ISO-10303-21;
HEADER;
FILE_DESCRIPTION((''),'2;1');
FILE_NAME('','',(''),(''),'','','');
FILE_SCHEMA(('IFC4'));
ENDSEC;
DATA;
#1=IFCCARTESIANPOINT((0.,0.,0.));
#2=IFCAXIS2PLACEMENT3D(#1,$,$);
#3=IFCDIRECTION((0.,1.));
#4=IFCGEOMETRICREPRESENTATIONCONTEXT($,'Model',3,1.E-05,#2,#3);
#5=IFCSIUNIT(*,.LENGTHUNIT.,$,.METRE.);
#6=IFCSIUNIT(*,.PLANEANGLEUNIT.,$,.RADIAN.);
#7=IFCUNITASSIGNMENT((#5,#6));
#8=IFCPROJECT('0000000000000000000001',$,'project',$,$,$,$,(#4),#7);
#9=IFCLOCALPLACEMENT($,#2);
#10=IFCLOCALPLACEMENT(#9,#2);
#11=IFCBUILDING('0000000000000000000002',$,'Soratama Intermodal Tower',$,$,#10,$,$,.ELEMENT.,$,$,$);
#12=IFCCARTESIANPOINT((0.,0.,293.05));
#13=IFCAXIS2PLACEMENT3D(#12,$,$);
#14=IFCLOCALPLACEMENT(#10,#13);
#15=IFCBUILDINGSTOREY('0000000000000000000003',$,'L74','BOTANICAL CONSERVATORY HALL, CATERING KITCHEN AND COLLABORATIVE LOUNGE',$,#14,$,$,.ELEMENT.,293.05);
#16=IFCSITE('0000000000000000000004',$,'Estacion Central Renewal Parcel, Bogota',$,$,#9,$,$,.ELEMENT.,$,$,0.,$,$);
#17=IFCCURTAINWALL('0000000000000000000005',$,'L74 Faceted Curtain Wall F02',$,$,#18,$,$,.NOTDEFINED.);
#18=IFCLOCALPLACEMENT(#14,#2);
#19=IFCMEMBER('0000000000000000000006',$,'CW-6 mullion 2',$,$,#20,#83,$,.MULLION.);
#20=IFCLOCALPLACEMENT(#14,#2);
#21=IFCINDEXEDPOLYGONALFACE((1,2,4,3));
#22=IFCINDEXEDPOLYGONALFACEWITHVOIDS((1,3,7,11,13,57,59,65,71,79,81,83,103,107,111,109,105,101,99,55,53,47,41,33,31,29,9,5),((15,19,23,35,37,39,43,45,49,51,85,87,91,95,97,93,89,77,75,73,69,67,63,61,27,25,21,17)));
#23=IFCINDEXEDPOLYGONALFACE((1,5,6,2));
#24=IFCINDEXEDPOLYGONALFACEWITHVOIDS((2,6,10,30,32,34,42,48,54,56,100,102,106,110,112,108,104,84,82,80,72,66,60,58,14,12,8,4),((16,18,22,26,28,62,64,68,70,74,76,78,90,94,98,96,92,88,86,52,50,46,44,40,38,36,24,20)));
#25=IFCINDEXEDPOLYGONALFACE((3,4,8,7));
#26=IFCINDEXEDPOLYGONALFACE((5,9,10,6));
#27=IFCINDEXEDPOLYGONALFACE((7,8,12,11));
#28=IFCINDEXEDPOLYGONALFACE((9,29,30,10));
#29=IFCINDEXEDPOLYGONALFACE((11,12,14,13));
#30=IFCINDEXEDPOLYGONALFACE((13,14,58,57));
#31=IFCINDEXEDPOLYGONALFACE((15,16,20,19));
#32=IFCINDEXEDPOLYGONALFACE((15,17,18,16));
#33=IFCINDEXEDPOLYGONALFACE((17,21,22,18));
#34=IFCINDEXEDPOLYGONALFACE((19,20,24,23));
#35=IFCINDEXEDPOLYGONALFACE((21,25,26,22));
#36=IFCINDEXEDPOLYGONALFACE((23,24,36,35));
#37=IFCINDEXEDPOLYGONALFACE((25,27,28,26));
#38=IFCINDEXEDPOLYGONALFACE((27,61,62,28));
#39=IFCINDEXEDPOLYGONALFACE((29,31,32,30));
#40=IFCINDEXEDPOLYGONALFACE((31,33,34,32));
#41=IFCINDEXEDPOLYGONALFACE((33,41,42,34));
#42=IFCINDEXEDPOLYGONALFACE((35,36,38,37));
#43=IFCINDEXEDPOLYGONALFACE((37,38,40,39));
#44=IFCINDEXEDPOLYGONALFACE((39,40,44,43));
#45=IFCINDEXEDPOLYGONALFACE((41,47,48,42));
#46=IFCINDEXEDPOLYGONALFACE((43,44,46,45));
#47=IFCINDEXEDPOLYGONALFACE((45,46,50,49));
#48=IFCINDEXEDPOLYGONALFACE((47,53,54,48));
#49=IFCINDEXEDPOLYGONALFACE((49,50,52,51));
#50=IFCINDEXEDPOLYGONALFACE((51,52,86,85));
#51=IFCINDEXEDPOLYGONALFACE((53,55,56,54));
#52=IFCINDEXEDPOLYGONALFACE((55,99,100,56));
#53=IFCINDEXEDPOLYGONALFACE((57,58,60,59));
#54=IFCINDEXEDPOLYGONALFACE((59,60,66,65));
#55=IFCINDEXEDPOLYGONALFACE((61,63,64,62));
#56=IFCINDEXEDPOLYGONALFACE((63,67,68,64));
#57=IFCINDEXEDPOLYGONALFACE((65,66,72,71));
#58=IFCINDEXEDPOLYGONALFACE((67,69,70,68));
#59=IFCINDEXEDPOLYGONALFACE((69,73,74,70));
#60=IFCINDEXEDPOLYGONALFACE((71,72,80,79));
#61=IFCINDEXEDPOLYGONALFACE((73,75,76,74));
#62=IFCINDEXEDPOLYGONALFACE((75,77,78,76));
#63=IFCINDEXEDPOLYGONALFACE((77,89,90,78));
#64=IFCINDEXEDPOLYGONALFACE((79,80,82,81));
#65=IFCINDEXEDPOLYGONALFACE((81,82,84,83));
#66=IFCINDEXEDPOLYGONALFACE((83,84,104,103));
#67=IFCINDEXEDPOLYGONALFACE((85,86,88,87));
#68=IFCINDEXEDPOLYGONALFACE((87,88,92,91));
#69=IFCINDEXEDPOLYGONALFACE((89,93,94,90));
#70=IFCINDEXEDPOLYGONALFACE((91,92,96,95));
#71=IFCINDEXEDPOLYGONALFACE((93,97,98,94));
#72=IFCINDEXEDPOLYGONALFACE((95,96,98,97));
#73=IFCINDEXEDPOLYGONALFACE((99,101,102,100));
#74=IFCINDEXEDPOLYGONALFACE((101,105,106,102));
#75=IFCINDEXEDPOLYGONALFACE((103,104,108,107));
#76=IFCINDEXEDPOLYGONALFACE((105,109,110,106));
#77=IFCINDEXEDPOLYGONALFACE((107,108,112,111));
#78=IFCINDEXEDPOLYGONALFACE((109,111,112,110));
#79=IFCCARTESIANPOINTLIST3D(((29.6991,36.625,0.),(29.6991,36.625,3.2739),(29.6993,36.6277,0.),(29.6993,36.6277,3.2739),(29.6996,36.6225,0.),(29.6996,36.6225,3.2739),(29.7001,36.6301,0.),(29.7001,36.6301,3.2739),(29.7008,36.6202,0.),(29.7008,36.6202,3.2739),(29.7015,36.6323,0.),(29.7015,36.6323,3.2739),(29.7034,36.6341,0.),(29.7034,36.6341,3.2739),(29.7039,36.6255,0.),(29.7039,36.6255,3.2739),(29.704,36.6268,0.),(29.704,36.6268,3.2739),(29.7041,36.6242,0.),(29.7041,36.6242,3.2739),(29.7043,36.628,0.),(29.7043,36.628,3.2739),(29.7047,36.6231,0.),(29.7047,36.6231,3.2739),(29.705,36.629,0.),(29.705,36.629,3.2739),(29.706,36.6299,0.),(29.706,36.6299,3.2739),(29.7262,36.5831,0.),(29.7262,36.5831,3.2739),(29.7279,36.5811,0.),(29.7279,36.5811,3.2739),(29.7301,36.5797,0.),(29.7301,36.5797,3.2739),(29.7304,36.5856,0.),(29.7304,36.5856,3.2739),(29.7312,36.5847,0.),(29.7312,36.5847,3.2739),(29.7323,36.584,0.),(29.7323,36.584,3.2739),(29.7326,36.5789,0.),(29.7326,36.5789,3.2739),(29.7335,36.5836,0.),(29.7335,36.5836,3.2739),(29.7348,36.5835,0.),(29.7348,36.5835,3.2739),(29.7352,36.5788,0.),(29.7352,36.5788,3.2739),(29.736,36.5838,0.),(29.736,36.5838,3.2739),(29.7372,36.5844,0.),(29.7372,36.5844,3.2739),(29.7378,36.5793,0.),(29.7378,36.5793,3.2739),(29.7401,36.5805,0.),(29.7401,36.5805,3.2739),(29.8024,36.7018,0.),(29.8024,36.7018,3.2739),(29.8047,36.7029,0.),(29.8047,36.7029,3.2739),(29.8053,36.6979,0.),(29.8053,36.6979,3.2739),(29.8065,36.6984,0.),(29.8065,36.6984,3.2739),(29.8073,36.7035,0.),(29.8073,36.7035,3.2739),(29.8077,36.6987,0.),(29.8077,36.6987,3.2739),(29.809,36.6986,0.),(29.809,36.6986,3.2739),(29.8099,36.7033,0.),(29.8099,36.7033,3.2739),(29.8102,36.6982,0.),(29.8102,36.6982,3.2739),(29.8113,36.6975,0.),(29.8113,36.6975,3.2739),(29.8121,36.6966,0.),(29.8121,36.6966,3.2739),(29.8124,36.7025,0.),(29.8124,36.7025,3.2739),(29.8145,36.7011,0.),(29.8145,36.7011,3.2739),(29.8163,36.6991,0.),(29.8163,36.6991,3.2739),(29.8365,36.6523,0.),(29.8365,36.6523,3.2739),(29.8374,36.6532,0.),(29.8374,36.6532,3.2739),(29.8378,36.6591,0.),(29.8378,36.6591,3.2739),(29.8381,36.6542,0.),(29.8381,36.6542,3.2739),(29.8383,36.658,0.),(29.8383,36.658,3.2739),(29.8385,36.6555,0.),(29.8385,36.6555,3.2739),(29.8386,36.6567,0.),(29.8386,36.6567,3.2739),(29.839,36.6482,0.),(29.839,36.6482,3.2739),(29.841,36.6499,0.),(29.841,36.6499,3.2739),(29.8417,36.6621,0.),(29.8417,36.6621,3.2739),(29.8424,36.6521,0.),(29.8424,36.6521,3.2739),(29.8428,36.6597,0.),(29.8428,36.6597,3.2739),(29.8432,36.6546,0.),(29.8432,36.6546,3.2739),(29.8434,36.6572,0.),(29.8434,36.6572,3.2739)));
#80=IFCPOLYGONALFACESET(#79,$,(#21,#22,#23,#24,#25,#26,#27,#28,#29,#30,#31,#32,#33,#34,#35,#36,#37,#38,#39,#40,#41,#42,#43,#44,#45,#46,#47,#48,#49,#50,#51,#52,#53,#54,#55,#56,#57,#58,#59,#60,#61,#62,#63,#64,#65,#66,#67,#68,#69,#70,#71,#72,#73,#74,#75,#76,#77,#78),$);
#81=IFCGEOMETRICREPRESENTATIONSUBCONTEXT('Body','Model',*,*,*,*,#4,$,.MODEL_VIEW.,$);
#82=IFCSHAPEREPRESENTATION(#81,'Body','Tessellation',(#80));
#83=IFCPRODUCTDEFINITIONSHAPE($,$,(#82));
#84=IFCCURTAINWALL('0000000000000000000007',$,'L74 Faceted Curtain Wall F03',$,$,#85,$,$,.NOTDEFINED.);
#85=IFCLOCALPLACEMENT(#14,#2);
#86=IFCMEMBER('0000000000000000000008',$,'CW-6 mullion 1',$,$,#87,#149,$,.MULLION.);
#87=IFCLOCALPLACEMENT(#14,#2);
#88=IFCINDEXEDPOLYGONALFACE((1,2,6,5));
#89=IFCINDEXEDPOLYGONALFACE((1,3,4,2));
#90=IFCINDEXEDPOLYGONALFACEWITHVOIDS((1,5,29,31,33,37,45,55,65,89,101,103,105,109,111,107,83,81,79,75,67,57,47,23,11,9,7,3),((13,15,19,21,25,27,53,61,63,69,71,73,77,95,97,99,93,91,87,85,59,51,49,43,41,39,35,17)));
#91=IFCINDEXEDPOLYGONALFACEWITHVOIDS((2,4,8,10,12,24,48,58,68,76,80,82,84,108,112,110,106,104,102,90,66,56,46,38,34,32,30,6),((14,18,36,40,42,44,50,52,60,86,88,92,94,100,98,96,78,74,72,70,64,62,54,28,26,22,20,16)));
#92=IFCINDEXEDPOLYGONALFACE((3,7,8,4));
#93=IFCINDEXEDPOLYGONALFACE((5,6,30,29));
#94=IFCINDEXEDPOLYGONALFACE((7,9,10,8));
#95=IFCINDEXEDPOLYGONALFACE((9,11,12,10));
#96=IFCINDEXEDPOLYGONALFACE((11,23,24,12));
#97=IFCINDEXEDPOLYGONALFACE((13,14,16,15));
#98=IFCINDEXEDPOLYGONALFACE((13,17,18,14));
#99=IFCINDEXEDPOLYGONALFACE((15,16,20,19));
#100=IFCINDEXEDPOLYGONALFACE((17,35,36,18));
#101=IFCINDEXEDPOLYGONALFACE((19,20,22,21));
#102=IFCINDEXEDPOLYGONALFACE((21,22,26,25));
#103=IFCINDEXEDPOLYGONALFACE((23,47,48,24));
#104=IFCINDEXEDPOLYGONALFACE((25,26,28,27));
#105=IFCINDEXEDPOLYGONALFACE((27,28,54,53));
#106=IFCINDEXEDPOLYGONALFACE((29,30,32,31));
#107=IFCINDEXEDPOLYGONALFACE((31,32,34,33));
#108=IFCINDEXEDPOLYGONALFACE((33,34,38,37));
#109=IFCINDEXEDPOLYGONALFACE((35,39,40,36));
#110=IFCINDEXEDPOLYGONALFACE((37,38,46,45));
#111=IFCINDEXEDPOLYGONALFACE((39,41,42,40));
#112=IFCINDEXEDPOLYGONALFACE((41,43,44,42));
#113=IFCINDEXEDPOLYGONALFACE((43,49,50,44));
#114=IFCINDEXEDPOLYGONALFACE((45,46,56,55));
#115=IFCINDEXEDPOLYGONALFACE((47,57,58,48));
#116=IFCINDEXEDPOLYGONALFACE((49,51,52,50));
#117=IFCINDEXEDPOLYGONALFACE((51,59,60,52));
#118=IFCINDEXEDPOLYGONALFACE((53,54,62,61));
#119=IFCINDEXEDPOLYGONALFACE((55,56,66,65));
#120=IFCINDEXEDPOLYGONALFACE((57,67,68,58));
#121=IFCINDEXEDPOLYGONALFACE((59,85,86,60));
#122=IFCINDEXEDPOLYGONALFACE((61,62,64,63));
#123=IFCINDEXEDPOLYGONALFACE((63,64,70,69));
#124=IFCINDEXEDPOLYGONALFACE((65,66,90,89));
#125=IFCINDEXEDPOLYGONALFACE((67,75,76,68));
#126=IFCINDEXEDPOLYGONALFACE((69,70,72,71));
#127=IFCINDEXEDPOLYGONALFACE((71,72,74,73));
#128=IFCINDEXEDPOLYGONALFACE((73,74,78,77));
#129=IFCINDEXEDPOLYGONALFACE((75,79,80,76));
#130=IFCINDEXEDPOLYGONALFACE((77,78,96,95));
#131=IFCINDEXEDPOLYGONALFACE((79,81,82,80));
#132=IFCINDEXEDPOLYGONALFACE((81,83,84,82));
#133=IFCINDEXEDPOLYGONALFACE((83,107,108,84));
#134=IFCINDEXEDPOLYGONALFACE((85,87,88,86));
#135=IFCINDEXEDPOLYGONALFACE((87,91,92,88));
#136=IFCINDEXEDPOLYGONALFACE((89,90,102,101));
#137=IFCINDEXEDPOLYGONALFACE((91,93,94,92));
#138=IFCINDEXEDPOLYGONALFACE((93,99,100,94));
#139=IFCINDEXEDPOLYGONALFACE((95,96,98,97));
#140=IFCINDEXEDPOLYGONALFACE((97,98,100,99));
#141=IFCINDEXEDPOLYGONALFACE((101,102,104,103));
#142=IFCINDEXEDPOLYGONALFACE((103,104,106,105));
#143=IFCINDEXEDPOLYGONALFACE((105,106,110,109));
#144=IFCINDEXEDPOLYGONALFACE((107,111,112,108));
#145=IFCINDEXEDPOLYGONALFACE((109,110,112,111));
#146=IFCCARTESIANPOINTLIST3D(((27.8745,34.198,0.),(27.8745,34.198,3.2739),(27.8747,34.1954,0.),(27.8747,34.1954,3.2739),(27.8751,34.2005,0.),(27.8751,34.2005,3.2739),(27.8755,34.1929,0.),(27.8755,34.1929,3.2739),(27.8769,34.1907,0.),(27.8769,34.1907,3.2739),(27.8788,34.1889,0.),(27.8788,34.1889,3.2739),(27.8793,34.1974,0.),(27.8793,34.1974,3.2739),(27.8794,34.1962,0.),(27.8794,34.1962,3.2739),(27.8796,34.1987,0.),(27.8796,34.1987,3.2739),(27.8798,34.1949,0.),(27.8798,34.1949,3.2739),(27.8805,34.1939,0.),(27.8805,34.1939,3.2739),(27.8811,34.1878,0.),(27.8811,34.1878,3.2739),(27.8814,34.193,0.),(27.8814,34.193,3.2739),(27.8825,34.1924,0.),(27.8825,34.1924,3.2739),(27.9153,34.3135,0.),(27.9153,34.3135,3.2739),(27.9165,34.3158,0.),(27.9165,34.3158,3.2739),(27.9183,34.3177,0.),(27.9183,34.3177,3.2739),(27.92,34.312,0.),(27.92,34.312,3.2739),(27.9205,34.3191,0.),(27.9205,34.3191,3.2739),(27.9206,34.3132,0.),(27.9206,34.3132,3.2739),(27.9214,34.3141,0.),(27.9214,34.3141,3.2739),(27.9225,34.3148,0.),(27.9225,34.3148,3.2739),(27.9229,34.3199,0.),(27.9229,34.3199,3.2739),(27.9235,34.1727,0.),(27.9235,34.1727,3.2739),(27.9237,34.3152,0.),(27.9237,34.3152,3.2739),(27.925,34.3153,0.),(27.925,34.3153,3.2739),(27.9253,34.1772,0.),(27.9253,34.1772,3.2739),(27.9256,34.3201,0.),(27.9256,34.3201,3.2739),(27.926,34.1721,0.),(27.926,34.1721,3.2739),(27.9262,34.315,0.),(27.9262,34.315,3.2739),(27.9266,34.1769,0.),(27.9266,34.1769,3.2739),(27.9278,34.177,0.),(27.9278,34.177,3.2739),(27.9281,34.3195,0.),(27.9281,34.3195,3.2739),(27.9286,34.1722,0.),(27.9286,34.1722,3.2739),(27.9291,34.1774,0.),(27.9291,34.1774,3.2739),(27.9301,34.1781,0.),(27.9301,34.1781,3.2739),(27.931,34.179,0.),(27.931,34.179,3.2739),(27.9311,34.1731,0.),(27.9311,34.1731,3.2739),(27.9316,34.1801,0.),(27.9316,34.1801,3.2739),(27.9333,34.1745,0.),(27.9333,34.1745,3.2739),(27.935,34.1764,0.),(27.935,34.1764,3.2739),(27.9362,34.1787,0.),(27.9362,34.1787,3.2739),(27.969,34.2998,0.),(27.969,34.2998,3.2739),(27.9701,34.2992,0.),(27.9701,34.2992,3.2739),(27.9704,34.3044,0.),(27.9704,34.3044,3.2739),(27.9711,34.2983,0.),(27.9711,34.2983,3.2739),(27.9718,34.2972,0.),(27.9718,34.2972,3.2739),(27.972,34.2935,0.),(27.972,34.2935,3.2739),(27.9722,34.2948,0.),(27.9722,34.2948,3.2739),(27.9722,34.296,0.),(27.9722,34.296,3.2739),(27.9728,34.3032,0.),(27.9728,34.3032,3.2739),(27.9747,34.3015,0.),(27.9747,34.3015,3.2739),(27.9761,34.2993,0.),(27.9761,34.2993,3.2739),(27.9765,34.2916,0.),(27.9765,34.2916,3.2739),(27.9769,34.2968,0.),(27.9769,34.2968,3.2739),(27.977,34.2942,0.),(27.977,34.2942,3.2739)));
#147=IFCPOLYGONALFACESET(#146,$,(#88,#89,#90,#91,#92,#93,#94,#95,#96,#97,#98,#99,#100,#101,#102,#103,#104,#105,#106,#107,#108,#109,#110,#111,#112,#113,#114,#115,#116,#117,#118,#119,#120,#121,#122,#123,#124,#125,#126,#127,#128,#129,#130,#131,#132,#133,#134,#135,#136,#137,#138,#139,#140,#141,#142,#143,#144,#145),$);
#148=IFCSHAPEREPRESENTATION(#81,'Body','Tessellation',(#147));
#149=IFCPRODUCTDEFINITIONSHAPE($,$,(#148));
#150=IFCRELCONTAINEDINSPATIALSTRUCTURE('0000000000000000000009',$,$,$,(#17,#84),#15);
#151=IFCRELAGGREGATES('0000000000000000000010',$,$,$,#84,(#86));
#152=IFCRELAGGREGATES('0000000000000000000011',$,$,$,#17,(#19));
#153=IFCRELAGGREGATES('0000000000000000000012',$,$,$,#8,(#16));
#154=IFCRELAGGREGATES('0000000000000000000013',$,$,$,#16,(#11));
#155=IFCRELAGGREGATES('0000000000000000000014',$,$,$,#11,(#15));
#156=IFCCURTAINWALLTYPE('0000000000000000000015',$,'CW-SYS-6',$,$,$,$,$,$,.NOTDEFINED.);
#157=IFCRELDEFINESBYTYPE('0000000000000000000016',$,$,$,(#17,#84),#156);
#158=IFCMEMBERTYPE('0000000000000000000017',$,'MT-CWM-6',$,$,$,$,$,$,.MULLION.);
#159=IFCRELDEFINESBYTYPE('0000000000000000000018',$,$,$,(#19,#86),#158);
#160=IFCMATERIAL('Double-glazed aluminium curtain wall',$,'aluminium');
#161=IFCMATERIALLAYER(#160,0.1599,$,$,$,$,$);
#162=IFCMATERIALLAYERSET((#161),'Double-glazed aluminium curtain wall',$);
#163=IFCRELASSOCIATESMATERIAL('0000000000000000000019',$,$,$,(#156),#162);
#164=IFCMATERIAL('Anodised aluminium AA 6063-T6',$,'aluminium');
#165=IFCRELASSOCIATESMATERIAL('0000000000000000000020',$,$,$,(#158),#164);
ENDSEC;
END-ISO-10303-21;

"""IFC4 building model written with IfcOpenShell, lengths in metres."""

from ifc_helpers import new_model, si_unit, direction, frame, origin, origin_2d, place, context, subcontext, project, spatial, hollow_rectangle, extrude, material, layer, layer_set, material_profile, profile_set, type_object, element, aggregate, save


model = new_model("IFC4")

# Units and contexts
model_context = context("Model", 3, precision=1e-05, world=origin(), true_north=direction((0.0, 1.0)))
body_context = subcontext(model_context, "Body", "Model", "MODEL_VIEW")
ifc_project = project(units=[si_unit("LENGTHUNIT", "METRE"), si_unit("PLANEANGLEUNIT", "RADIAN")], contexts=[model_context])

# Site, building, storey
site_placement = place(None, origin())
site = spatial("IfcSite", under=ifc_project, at=site_placement, Name="Estacion Central Renewal Parcel, Bogota", CompositionType="ELEMENT", RefElevation=0.0)
building_placement = place(site_placement, origin())
building = spatial("IfcBuilding", under=site, at=building_placement, Name="Soratama Intermodal Tower", CompositionType="ELEMENT")
storey_placement = place(building_placement, frame((0.0, 0.0, 293.05)))
storey = spatial("IfcBuildingStorey", under=building, at=storey_placement, Name="L74", Description="BOTANICAL CONSERVATORY HALL, CATERING KITCHEN AND COLLABORATIVE LOUNGE", CompositionType="ELEMENT", Elevation=293.05)

# Curtain wall, member
ifc_material_1 = material(Name="Double-glazed aluminium curtain wall", Category="aluminium")
ifc_layer_1 = layer(ifc_material_1, 0.1599)
ifc_layer_set_1 = layer_set([ifc_layer_1], Name="Double-glazed aluminium curtain wall")
curtain_wall_type = type_object("IfcCurtainWallType", Name="CW-SYS-6", PredefinedType="NOTDEFINED", material=ifc_layer_set_1)
curtain_wall_1_placement = place(storey_placement, origin())
curtain_wall_1 = element("IfcCurtainWall", 1, at=curtain_wall_1_placement, inside=storey, type_object=curtain_wall_type, Name="L74 Faceted Curtain Wall F02", PredefinedType="NOTDEFINED")
ifc_material_2 = material(Name="Anodised aluminium AA 6063-T6", Category="aluminium")
ifc_material_profile_1 = material_profile(ifc_material_2, hollow_rectangle(XDim=0.0649, YDim=0.1399, WallThickness=0.0049, InnerFilletRadius=0.0049, OuterFilletRadius=0.01, at=origin_2d()), Name="CWM140X65X5")
ifc_profile_set_1 = profile_set([ifc_material_profile_1], Name="Anodised aluminium AA 6063-T6")
member_type_1 = type_object("IfcMemberType", Name="MT-CWM-6", PredefinedType="MULLION", material=ifc_profile_set_1)
member_1_placement = place(storey_placement, frame((29.7712, 36.6411, 0.0), z_axis=(0.0, 0.0, 1.0), x_axis=(0.564681, -0.825309, 0.0)))
member_1 = element("IfcMember", 2, at=member_1_placement, type_object=member_type_1, Name="CW-6 mullion 2", PredefinedType="MULLION", context=body_context, shape_type="SweptSolid", body=[
    extrude(hollow_rectangle(XDim=0.0649, YDim=0.1399, WallThickness=0.0049, InnerFilletRadius=0.0049, OuterFilletRadius=0.01, at=origin_2d()), origin(), (0.0, 0.0, 1.0), 3.2739),
])

# Curtain wall, member
curtain_wall_2_placement = place(storey_placement, origin())
curtain_wall_2 = element("IfcCurtainWall", 3, at=curtain_wall_2_placement, inside=storey, type_object=curtain_wall_type, Name="L74 Faceted Curtain Wall F03", PredefinedType="NOTDEFINED")
member_2_placement = place(storey_placement, frame((27.9258, 34.2461, 0.0), z_axis=(0.0, 0.0, 1.0), x_axis=(0.941939, -0.335784, 0.0)))
member_2 = element("IfcMember", 4, at=member_2_placement, type_object=member_type_1, Name="CW-6 mullion 1", PredefinedType="MULLION", context=body_context, shape_type="SweptSolid", body=[
    extrude(hollow_rectangle(XDim=0.0649, YDim=0.1399, WallThickness=0.0049, InnerFilletRadius=0.0049, OuterFilletRadius=0.01, at=origin_2d()), origin(), (0.0, 0.0, 1.0), 3.2739),
])
aggregate(curtain_wall_2, [member_2])

aggregate(curtain_wall_1, [member_1])

save(model, "model.ifc")
